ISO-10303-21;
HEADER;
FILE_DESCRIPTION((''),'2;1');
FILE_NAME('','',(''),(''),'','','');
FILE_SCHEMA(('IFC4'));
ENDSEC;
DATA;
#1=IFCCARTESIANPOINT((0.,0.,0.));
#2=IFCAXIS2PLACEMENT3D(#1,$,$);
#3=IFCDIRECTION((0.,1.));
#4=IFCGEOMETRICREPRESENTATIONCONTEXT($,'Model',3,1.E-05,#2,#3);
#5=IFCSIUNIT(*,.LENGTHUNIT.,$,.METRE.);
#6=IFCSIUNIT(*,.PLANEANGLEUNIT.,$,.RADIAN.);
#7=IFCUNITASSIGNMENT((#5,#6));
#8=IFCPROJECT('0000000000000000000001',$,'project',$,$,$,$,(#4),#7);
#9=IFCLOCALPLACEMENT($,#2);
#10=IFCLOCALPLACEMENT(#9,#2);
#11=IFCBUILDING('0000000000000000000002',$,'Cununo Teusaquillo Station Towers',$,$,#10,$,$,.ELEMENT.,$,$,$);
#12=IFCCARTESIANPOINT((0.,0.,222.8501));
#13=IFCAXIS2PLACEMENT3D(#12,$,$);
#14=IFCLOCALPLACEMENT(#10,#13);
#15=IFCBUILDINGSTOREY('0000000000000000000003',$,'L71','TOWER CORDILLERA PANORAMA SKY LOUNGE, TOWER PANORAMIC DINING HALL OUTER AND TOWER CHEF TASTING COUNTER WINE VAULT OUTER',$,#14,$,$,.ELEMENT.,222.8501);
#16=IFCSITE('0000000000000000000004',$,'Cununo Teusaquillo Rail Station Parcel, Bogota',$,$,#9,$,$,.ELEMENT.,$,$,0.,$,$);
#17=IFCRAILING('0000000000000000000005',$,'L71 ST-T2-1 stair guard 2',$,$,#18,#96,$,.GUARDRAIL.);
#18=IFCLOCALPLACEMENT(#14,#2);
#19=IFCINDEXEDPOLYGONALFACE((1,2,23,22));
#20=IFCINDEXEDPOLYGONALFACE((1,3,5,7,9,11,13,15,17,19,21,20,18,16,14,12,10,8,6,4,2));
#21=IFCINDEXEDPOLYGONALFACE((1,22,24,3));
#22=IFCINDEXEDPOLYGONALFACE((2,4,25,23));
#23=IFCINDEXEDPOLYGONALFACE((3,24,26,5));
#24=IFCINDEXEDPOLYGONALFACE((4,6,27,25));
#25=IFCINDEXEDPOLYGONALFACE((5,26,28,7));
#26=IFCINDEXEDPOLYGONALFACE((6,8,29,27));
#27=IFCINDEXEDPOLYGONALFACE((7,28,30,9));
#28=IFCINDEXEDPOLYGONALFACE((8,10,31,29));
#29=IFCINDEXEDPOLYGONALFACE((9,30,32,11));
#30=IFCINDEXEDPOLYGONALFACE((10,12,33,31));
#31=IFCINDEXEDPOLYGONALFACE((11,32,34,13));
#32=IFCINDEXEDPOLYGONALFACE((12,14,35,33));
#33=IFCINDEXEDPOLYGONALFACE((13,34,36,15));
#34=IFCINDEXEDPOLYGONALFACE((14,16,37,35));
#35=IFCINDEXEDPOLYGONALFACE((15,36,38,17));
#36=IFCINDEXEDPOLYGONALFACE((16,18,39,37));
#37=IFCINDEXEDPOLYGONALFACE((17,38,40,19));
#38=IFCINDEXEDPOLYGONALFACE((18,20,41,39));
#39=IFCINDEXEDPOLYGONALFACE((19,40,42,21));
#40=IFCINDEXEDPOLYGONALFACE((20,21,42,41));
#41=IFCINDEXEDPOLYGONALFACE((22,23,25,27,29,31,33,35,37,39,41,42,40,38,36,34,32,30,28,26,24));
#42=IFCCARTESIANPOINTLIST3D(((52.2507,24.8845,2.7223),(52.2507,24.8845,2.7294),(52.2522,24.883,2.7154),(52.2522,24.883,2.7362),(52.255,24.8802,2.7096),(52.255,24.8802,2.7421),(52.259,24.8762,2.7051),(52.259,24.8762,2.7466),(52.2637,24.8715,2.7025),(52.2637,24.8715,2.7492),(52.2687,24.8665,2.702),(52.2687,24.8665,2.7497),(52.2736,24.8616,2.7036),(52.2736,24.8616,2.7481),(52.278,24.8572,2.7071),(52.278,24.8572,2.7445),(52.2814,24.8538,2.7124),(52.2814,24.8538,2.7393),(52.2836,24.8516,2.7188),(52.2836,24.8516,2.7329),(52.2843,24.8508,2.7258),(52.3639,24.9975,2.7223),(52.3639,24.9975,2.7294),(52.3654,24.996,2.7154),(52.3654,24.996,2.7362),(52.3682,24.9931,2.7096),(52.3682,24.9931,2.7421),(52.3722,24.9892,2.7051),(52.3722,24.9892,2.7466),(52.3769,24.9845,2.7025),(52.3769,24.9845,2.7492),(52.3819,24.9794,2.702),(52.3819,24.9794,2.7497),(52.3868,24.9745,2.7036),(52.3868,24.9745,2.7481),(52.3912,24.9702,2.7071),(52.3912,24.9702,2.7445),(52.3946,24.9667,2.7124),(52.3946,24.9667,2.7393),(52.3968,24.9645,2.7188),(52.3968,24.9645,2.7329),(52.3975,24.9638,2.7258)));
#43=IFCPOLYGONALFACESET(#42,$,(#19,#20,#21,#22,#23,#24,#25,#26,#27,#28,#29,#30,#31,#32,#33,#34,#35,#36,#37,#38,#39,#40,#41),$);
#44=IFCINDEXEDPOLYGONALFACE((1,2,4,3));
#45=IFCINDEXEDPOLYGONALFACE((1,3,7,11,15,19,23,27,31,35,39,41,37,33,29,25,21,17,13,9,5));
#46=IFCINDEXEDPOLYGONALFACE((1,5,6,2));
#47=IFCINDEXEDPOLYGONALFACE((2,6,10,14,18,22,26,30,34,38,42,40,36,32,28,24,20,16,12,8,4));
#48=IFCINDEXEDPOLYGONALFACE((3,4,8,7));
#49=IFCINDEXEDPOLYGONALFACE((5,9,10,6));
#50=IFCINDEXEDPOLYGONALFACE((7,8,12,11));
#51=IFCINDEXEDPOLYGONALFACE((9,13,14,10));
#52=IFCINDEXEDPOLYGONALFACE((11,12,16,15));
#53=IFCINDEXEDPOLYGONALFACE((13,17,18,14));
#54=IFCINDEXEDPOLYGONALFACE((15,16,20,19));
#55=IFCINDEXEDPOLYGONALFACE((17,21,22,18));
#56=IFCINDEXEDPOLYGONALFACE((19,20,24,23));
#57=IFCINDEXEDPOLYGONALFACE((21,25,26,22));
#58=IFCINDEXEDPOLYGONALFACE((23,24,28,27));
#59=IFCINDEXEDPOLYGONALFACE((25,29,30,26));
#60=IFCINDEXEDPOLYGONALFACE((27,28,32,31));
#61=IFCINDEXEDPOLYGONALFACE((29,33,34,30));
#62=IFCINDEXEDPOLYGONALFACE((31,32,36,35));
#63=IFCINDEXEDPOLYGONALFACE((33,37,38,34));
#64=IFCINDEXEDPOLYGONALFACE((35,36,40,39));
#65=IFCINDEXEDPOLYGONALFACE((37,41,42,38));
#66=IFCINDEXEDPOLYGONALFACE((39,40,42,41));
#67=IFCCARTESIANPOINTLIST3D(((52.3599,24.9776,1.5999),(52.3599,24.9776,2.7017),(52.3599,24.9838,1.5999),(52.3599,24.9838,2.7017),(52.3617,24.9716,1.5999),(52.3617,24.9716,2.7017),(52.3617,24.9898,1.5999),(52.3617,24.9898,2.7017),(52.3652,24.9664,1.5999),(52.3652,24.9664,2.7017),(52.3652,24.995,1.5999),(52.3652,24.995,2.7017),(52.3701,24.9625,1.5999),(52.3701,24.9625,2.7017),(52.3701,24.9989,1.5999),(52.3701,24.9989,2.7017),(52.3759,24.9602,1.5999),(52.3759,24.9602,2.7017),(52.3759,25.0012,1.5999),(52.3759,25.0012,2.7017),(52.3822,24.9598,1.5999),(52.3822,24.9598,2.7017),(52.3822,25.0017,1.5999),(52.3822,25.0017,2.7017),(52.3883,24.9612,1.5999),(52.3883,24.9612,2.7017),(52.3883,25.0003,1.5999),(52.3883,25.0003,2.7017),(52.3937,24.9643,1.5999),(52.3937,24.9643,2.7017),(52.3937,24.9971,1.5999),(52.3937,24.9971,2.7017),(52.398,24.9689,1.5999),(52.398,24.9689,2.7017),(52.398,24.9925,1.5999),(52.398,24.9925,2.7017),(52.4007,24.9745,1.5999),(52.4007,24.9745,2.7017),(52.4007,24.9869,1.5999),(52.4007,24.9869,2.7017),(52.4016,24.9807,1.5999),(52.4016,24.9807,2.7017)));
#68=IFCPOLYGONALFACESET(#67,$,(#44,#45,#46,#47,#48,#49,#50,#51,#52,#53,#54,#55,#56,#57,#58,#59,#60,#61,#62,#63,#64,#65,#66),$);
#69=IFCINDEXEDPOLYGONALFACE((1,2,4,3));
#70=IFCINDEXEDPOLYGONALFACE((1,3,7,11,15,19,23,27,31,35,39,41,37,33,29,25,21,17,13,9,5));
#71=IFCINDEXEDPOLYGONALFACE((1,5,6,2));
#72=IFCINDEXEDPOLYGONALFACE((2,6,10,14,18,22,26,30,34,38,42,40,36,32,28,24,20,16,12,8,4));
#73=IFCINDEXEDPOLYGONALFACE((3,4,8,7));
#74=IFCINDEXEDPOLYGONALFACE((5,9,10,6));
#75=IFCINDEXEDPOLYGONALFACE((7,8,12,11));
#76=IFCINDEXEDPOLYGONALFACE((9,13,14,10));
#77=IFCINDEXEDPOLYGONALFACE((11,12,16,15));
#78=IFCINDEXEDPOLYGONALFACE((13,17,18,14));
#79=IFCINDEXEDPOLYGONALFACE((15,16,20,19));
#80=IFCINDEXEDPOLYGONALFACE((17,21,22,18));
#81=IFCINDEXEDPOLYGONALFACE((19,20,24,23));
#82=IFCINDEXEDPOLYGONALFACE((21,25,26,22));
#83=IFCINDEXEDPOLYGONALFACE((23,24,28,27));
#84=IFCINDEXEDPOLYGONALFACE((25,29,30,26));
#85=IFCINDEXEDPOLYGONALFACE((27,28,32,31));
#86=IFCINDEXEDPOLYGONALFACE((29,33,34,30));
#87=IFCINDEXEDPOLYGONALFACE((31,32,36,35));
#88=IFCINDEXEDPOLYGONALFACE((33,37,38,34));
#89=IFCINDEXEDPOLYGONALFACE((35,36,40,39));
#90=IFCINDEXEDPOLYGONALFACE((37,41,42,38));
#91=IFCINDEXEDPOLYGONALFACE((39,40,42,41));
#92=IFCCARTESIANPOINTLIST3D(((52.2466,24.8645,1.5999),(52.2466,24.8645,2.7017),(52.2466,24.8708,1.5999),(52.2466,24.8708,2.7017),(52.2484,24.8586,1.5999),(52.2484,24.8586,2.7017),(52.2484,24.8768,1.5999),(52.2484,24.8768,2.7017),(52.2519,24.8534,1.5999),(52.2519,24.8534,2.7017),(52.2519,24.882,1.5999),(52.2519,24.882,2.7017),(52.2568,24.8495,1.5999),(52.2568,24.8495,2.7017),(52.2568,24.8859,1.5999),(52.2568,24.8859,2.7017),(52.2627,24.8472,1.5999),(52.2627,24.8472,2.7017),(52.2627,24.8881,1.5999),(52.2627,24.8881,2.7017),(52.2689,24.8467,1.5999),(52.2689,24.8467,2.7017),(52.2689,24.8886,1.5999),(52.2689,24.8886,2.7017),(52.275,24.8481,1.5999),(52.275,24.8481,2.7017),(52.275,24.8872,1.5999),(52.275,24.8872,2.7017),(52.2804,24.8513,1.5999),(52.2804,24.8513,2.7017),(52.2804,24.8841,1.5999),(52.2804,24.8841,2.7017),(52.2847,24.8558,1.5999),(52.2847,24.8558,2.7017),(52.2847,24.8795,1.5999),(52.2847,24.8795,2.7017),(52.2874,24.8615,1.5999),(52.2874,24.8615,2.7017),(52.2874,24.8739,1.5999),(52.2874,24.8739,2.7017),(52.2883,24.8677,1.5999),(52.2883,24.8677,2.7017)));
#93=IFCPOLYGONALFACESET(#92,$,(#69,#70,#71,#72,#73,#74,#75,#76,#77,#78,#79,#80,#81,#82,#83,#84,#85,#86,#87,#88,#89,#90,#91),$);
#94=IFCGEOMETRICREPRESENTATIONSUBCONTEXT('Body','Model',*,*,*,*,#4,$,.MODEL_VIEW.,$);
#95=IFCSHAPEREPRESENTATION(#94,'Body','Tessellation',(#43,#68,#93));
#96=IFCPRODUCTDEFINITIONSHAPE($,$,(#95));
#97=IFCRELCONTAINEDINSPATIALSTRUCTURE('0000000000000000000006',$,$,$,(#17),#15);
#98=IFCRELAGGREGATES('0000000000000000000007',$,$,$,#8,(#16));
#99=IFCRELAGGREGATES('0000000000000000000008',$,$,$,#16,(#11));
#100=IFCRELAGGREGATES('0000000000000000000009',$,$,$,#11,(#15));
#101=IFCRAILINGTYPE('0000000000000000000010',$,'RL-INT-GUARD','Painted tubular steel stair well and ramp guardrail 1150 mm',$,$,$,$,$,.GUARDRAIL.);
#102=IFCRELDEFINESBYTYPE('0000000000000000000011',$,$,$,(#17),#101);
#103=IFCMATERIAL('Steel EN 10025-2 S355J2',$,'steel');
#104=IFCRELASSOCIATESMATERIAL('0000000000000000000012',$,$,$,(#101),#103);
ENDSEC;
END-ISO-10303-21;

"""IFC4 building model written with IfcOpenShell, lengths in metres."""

from ifc_helpers import new_model, si_unit, direction, frame, origin, origin_2d, place, context, subcontext, project, spatial, circle, extrude, material, type_object, element, save


model = new_model("IFC4")

# Units and contexts
model_context = context("Model", 3, precision=1e-05, world=origin(), true_north=direction((0.0, 1.0)))
body_context = subcontext(model_context, "Body", "Model", "MODEL_VIEW")
ifc_project = project(units=[si_unit("LENGTHUNIT", "METRE"), si_unit("PLANEANGLEUNIT", "RADIAN")], contexts=[model_context])

# Site, building, storey
site_placement = place(None, origin())
site = spatial("IfcSite", under=ifc_project, at=site_placement, Name="Cununo Teusaquillo Rail Station Parcel, Bogota", CompositionType="ELEMENT", RefElevation=0.0)
building_placement = place(site_placement, origin())
building = spatial("IfcBuilding", under=site, at=building_placement, Name="Cununo Teusaquillo Station Towers", CompositionType="ELEMENT")
storey_placement = place(building_placement, frame((0.0, 0.0, 222.8501)))
storey = spatial("IfcBuildingStorey", under=building, at=storey_placement, Name="L71", Description="TOWER CORDILLERA PANORAMA SKY LOUNGE, TOWER PANORAMIC DINING HALL OUTER AND TOWER CHEF TASTING COUNTER WINE VAULT OUTER", CompositionType="ELEMENT", Elevation=222.8501)

# Railing
ifc_material_1 = material(Name="Steel EN 10025-2 S355J2", Category="steel")
railing_type_1 = type_object("IfcRailingType", Name="RL-INT-GUARD", Description="Painted tubular steel stair well and ramp guardrail 1150 mm", PredefinedType="GUARDRAIL", material=ifc_material_1)
railing_1_placement = place(storey_placement, frame((52.3806, 24.9807, 1.5999)))
element("IfcRailing", 1, at=railing_1_placement, inside=storey, type_object=railing_type_1, Name="L71 ST-T2-1 stair guard 2", PredefinedType="GUARDRAIL", context=body_context, shape_type="SweptSolid", body=[
    extrude(circle(Radius=0.0239, at=origin_2d()), frame((0.0, 0.0, 1.126), z_axis=(-0.707869, -0.706344, 0.0), x_axis=(0.706344, -0.707869, 0.0)), (0.0, 0.0, 1.0), 0.1599),
    extrude(circle(Radius=0.021, at=origin_2d()), origin(), (0.0, 0.0, 1.0), 1.1018),
    extrude(circle(Radius=0.021, at=origin_2d()), frame((-0.1133, -0.113, 0.0)), (0.0, 0.0, 1.0), 1.1018),
])

save(model, "model.ifc")
